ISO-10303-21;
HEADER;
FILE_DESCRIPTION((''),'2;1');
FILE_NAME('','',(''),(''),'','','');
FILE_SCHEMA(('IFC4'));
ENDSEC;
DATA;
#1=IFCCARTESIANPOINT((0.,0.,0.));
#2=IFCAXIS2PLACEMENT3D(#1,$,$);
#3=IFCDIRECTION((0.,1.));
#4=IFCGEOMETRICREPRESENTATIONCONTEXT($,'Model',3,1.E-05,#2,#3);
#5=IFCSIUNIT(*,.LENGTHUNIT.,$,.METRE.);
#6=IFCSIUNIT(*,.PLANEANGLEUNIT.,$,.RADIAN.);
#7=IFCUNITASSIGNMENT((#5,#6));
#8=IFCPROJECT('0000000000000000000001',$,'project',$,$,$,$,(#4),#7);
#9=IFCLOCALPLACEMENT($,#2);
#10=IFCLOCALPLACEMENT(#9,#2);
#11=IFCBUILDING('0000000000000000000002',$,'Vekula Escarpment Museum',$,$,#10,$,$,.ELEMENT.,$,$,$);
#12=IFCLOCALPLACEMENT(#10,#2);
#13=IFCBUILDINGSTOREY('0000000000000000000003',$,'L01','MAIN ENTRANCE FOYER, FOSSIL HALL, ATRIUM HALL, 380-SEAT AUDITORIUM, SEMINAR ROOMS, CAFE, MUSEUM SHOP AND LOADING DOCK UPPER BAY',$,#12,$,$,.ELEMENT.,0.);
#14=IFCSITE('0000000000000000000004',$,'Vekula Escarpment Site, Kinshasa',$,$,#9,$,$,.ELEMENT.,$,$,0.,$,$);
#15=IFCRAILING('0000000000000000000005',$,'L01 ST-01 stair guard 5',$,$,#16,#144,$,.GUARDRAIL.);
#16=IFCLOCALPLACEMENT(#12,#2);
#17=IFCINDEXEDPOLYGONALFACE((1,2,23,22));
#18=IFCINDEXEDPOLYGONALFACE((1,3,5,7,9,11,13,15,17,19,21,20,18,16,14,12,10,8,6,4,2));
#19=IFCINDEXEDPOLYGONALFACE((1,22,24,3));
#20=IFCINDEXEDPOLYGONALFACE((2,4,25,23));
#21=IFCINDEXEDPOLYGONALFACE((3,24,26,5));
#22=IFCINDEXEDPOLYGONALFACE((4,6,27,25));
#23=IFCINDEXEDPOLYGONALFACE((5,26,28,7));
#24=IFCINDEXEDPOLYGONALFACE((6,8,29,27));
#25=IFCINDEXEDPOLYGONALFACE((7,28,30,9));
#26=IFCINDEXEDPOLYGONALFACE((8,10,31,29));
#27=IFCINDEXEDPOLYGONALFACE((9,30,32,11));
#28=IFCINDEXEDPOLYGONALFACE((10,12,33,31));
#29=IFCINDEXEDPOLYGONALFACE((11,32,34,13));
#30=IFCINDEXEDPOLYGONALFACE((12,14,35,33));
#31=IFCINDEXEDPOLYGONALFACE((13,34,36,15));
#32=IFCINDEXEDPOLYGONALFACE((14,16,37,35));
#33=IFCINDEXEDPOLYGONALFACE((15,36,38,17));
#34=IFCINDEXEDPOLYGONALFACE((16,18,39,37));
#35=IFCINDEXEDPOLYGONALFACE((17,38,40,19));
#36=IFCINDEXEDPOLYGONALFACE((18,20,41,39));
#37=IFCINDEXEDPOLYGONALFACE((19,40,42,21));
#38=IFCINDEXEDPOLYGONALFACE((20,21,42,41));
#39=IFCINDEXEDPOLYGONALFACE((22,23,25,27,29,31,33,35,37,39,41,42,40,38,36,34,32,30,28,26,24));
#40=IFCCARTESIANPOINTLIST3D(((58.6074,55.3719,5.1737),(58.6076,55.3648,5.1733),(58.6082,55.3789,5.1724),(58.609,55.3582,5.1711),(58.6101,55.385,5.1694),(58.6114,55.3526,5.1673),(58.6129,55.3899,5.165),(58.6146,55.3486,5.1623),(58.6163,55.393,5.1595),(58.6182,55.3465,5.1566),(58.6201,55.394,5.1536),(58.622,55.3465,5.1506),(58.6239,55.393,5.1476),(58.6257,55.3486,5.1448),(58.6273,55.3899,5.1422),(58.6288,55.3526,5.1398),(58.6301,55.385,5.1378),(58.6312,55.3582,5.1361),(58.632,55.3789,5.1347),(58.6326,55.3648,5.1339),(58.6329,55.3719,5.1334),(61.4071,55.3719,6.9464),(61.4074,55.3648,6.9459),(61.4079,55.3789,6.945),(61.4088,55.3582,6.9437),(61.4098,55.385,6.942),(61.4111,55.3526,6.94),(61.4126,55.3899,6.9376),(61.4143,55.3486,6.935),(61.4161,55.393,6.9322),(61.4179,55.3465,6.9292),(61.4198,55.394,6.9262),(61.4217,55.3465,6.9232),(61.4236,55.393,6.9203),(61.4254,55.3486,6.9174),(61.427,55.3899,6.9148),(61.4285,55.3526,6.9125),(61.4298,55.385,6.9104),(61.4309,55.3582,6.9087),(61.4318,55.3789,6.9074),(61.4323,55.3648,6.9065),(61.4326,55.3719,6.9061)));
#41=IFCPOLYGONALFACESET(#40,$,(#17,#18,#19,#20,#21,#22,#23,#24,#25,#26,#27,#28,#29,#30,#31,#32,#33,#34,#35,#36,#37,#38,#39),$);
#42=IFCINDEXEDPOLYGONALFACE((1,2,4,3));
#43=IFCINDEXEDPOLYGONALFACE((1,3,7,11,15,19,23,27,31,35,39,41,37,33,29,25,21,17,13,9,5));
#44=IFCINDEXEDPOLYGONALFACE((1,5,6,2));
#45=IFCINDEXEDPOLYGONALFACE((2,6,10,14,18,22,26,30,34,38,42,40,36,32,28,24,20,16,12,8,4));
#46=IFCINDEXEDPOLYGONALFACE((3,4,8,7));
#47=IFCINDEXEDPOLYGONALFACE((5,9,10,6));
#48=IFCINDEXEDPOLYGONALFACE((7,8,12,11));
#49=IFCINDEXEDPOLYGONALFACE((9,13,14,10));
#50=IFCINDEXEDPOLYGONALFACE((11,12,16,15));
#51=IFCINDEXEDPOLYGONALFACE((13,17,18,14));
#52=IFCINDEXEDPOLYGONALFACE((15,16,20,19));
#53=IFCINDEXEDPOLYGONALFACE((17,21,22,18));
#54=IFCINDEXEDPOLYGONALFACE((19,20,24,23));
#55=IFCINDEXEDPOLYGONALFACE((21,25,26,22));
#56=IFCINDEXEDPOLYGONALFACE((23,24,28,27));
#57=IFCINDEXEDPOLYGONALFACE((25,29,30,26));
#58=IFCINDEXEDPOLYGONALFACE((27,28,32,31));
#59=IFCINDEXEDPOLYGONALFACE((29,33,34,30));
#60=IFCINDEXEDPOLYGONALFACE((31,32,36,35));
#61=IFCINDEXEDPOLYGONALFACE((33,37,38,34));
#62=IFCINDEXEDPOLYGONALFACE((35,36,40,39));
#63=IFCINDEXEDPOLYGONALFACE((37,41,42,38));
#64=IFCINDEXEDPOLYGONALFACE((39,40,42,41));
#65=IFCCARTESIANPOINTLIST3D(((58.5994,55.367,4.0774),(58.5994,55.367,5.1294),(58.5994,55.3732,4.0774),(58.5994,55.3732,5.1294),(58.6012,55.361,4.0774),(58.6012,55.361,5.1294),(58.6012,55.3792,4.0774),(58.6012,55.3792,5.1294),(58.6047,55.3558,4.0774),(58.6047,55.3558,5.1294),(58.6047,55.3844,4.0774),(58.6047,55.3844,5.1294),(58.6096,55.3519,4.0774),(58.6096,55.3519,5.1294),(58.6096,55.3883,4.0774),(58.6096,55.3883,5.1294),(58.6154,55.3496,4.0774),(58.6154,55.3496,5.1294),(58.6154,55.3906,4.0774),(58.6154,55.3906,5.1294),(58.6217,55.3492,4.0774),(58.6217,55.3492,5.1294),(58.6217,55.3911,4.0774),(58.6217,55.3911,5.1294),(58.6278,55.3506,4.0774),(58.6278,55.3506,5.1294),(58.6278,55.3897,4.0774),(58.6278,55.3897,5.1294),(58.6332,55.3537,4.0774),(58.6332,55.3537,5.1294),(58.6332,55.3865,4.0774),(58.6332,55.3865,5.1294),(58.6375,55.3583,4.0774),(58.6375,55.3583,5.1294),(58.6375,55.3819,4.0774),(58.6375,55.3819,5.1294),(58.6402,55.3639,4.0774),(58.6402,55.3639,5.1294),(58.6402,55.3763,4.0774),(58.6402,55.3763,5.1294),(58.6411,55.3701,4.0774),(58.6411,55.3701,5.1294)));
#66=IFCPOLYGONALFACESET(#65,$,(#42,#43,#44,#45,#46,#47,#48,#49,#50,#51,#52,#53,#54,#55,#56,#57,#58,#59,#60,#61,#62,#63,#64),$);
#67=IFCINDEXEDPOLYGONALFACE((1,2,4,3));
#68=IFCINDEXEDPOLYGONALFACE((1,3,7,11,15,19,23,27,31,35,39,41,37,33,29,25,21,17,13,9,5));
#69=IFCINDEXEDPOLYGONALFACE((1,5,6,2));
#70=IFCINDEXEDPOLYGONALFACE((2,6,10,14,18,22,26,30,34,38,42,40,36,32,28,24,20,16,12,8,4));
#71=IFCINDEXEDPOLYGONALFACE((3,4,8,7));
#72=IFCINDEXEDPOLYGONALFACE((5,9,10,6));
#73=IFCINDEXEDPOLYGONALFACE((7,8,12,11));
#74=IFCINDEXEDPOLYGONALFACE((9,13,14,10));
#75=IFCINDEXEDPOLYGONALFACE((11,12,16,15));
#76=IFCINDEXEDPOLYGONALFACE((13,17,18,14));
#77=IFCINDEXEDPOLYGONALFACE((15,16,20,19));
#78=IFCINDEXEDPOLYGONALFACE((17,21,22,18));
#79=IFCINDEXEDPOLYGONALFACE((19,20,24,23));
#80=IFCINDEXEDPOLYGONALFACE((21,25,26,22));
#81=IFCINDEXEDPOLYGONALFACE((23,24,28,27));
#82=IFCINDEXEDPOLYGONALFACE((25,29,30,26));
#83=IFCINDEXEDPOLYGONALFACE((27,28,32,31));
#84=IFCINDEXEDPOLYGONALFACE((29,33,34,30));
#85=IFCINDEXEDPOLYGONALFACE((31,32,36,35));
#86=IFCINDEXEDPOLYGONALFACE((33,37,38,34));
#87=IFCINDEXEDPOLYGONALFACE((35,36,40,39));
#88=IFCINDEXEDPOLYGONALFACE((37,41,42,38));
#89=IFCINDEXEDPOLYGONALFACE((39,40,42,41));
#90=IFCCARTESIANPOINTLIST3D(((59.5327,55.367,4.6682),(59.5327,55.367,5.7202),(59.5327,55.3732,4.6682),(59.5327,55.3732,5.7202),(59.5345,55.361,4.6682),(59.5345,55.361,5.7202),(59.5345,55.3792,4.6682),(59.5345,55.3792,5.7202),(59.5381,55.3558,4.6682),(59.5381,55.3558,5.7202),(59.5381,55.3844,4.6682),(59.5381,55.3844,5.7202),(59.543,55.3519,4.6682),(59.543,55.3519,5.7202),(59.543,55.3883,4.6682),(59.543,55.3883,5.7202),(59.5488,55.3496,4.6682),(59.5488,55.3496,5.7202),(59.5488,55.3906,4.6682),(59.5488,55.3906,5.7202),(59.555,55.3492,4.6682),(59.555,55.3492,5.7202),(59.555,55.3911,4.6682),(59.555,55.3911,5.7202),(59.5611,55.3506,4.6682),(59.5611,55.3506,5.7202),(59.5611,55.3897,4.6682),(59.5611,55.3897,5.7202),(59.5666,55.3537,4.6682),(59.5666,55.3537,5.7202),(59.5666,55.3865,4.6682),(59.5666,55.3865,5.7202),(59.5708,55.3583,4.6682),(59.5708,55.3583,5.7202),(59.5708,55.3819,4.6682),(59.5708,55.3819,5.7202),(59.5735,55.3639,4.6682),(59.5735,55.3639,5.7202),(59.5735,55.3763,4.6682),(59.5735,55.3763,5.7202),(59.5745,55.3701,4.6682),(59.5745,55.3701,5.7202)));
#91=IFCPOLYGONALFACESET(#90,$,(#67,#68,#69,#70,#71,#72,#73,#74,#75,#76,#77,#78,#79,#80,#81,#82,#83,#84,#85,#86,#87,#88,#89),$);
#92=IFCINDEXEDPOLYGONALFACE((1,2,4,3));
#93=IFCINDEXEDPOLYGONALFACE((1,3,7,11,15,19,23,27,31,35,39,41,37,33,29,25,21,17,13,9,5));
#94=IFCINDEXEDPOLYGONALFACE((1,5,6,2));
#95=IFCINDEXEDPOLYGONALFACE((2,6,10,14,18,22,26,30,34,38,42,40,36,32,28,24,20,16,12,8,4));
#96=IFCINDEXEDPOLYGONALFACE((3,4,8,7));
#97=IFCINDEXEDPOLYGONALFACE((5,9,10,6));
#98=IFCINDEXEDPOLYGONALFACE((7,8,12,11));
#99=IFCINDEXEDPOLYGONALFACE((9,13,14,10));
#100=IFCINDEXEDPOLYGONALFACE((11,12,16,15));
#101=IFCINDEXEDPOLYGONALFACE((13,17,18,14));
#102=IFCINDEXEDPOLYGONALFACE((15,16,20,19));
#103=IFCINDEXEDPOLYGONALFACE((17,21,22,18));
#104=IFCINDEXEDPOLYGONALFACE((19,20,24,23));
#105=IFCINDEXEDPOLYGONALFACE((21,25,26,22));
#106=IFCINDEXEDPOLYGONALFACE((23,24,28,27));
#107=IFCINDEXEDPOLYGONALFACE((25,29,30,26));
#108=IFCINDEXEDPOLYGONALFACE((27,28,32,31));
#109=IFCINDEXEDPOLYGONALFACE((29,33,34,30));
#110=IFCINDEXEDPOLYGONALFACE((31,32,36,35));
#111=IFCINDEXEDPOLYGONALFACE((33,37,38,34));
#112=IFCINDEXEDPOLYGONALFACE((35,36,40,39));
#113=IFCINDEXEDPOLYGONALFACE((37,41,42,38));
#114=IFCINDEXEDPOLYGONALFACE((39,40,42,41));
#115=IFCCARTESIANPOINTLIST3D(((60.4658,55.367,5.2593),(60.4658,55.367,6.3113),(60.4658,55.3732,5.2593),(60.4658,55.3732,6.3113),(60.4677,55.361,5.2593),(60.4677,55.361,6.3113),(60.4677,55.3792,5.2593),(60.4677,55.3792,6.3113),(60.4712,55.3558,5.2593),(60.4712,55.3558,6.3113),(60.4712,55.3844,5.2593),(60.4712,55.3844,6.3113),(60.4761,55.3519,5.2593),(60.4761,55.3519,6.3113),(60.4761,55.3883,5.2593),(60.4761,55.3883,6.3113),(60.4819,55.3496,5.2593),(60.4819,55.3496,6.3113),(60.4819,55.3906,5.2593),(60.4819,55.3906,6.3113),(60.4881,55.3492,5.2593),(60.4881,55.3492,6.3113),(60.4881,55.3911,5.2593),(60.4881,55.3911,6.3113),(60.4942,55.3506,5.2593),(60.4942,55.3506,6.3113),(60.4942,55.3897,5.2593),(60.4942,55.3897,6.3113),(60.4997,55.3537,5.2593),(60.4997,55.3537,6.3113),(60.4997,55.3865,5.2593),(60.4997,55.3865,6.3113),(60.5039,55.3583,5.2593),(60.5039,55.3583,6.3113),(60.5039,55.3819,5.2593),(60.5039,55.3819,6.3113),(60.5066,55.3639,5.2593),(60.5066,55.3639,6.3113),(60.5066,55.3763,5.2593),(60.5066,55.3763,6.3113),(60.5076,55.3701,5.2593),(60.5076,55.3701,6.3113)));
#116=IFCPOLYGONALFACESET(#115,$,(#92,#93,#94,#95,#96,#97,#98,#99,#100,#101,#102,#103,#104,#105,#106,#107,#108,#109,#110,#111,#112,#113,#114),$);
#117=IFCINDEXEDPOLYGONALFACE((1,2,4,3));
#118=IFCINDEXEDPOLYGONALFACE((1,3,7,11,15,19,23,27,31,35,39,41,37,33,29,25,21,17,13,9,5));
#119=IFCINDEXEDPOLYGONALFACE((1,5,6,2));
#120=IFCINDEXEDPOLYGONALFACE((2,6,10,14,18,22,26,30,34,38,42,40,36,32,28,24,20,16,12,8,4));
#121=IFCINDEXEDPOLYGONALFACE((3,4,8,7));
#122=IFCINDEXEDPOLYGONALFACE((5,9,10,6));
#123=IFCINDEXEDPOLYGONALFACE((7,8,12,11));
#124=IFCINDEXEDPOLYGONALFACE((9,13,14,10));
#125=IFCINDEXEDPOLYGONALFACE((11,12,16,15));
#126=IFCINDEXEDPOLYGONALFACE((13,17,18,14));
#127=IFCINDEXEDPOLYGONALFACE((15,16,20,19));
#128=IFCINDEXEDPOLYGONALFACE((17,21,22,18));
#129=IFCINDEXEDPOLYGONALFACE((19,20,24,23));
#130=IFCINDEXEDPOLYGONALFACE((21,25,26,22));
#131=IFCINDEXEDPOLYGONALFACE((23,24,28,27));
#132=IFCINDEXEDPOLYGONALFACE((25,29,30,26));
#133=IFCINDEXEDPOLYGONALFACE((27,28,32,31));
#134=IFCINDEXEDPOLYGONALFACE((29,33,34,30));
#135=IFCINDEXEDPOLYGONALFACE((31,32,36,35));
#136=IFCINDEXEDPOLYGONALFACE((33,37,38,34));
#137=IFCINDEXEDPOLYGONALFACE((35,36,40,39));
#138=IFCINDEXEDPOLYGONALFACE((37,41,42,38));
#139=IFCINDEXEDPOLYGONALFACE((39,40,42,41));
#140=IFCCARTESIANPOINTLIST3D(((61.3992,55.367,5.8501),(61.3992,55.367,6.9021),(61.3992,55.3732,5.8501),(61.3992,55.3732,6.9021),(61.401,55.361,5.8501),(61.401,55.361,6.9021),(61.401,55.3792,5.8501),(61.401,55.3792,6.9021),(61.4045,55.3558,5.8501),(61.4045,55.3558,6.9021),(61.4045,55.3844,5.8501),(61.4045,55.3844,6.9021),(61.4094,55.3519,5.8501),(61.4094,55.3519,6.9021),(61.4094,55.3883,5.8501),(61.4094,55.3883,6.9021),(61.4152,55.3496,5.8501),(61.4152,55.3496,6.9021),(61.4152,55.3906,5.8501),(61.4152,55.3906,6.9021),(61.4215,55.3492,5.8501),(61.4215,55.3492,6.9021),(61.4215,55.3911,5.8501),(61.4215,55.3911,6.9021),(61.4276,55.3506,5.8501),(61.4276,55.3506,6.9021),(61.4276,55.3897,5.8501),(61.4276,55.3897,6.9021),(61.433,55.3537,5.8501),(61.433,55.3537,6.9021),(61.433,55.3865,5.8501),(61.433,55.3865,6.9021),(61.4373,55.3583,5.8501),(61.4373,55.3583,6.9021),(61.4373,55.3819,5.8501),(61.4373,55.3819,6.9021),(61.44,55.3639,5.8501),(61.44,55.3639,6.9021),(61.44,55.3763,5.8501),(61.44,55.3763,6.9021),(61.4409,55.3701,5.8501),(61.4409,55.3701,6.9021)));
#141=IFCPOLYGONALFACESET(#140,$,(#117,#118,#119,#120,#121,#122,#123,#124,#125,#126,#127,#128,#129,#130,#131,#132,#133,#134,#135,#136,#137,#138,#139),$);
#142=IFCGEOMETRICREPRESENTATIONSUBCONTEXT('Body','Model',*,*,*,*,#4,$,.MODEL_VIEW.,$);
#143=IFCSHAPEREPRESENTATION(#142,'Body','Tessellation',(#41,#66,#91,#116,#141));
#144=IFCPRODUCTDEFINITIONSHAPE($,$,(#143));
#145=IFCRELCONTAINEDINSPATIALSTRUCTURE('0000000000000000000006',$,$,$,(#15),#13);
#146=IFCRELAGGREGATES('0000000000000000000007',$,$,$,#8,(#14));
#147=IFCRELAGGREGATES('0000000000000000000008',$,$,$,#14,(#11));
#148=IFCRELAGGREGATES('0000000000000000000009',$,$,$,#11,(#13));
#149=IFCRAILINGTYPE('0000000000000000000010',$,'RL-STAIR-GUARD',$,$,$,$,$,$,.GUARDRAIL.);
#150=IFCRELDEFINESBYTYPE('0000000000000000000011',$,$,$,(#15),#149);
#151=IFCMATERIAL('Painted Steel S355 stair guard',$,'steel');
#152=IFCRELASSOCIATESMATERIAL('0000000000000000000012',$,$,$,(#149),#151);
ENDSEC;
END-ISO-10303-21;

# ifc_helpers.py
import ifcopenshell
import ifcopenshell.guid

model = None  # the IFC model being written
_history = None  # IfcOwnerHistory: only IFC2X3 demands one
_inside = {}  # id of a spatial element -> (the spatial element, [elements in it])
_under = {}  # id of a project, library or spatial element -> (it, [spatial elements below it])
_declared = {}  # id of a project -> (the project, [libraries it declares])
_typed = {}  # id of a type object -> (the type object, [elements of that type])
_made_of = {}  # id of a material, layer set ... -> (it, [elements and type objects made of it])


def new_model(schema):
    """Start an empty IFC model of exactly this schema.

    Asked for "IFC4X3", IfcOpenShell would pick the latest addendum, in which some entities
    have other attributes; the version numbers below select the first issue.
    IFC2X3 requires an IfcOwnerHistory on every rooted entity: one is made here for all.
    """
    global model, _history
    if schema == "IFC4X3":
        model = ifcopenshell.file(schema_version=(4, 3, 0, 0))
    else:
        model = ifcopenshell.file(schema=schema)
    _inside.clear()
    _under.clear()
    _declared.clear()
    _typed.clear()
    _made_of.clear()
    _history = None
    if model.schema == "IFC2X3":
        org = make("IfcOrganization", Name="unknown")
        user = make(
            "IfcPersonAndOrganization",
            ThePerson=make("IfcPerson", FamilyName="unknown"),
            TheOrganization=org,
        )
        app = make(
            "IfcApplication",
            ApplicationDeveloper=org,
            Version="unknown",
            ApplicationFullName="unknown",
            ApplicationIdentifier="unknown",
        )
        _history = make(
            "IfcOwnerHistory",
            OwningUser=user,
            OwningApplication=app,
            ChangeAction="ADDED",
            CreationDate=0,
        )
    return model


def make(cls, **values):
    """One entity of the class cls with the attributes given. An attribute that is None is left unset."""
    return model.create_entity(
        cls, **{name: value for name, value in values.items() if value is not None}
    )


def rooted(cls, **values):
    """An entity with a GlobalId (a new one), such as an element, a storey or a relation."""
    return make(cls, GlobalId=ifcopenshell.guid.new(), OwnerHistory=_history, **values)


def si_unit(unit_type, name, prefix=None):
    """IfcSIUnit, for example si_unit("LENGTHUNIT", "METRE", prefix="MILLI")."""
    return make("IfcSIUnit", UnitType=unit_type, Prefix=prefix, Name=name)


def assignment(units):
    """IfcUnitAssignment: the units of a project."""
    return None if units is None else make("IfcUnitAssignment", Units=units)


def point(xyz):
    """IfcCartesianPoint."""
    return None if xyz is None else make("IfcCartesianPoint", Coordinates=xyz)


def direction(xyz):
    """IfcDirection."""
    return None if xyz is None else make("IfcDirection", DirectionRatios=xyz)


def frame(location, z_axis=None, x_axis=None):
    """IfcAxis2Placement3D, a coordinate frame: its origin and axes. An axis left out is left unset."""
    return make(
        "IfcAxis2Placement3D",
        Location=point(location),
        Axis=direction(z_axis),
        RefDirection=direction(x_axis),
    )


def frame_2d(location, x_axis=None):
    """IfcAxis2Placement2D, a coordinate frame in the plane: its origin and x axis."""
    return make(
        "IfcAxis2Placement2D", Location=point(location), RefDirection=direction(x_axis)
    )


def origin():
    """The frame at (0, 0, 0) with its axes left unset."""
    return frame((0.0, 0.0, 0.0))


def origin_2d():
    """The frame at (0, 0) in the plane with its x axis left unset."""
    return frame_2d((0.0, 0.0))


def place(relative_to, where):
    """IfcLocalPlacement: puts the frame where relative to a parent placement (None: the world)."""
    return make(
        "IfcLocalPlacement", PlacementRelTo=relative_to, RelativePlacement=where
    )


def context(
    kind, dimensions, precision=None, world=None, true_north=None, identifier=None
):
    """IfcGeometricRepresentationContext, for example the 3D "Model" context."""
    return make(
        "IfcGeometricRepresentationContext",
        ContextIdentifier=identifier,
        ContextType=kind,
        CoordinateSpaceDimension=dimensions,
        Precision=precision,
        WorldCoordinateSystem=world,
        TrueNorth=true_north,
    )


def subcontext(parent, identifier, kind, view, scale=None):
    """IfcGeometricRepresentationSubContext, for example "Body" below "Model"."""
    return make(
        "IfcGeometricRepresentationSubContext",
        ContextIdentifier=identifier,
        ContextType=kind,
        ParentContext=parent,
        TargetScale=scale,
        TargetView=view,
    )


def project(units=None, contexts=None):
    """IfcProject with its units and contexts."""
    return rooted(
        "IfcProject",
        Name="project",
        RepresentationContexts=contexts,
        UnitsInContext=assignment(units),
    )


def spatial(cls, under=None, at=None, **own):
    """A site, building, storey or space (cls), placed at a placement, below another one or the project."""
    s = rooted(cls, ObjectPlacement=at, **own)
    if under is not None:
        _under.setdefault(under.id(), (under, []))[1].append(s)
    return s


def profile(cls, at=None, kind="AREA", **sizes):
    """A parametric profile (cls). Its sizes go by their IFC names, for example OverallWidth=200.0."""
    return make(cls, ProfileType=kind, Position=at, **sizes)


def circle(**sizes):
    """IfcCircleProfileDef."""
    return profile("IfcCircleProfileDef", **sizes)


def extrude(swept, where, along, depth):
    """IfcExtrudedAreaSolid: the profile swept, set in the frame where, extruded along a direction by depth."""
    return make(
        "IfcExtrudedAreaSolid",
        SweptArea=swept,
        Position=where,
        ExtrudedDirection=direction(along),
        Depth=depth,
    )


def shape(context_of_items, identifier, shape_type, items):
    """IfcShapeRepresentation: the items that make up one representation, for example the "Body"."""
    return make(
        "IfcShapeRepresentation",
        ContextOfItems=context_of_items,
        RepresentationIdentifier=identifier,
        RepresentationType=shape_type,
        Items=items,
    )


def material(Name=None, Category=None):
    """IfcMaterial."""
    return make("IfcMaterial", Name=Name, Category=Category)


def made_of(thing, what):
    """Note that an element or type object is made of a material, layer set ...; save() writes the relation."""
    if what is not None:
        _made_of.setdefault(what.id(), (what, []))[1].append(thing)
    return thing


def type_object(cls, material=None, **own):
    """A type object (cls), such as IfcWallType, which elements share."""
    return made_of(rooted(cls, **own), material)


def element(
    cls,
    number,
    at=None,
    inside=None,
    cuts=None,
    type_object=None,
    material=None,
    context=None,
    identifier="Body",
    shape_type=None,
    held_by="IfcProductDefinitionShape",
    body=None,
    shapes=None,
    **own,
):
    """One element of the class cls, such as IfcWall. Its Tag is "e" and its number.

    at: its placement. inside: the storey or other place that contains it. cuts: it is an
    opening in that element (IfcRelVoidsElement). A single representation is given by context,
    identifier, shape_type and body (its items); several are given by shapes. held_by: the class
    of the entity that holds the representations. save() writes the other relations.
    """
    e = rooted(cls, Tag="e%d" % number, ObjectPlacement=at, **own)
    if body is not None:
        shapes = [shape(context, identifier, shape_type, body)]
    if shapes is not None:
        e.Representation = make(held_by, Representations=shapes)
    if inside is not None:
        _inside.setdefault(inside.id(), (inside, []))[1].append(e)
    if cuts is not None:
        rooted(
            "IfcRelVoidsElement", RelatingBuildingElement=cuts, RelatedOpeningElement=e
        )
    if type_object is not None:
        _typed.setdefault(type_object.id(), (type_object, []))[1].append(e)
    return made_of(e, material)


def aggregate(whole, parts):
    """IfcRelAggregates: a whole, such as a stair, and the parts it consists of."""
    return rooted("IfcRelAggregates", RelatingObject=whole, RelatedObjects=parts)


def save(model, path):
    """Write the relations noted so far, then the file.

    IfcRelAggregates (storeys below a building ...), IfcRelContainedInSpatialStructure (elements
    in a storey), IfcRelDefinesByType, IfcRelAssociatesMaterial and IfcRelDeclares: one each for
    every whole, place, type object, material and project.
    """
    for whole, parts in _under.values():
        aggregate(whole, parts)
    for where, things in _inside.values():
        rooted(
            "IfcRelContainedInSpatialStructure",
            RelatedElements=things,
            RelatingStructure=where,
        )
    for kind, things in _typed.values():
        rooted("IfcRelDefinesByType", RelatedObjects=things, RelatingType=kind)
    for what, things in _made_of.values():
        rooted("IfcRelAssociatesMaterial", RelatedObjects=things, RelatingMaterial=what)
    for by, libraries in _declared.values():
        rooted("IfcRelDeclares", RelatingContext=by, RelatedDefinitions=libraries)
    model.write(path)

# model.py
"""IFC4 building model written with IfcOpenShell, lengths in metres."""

from ifc_helpers import new_model, si_unit, direction, frame, origin, origin_2d, place, context, subcontext, project, spatial, circle, extrude, material, type_object, element, save


model = new_model("IFC4")

# Units and contexts
model_context = context("Model", 3, precision=1e-05, world=origin(), true_north=direction((0.0, 1.0)))
body_context = subcontext(model_context, "Body", "Model", "MODEL_VIEW")
ifc_project = project(units=[si_unit("LENGTHUNIT", "METRE"), si_unit("PLANEANGLEUNIT", "RADIAN")], contexts=[model_context])

# Site, building, storey
site_placement = place(None, origin())
site = spatial("IfcSite", under=ifc_project, at=site_placement, Name="Vekula Escarpment Site, Kinshasa", CompositionType="ELEMENT", RefElevation=0.0)
building_placement = place(site_placement, origin())
building = spatial("IfcBuilding", under=site, at=building_placement, Name="Vekula Escarpment Museum", CompositionType="ELEMENT")
storey_placement = place(building_placement, origin())
storey = spatial("IfcBuildingStorey", under=building, at=storey_placement, Name="L01", Description="MAIN ENTRANCE FOYER, FOSSIL HALL, ATRIUM HALL, 380-SEAT AUDITORIUM, SEMINAR ROOMS, CAFE, MUSEUM SHOP AND LOADING DOCK UPPER BAY", CompositionType="ELEMENT", Elevation=0.0)

# Railing
ifc_material_1 = material(Name="Painted Steel S355 stair guard", Category="steel")
railing_type_1 = type_object("IfcRailingType", Name="RL-STAIR-GUARD", PredefinedType="GUARDRAIL", material=ifc_material_1)
railing_1_placement = place(storey_placement, frame((58.6201, 55.3701, 4.0774)))
element("IfcRailing", 1, at=railing_1_placement, inside=storey, type_object=railing_type_1, Name="L01 ST-01 stair guard 5", PredefinedType="GUARDRAIL", context=body_context, shape_type="SweptSolid", body=[
    extrude(circle(Radius=0.0239, at=origin_2d()), frame((0.0, 0.0, 1.0762), z_axis=(0.844888, 0.0, 0.534943), x_axis=(0.0, 1.0, 0.0)), (0.0, 0.0, 1.0), 3.3137),
    extrude(circle(Radius=0.021, at=origin_2d()), origin(), (0.0, 0.0, 1.0), 1.052),
    extrude(circle(Radius=0.021, at=origin_2d()), frame((0.9333, 0.0, 0.5908)), (0.0, 0.0, 1.0), 1.052),
    extrude(circle(Radius=0.021, at=origin_2d()), frame((1.8665, 0.0, 1.1819)), (0.0, 0.0, 1.0), 1.052),
    extrude(circle(Radius=0.021, at=origin_2d()), frame((2.7998, 0.0, 1.7727)), (0.0, 0.0, 1.0), 1.052),
])

save(model, "model.ifc")
